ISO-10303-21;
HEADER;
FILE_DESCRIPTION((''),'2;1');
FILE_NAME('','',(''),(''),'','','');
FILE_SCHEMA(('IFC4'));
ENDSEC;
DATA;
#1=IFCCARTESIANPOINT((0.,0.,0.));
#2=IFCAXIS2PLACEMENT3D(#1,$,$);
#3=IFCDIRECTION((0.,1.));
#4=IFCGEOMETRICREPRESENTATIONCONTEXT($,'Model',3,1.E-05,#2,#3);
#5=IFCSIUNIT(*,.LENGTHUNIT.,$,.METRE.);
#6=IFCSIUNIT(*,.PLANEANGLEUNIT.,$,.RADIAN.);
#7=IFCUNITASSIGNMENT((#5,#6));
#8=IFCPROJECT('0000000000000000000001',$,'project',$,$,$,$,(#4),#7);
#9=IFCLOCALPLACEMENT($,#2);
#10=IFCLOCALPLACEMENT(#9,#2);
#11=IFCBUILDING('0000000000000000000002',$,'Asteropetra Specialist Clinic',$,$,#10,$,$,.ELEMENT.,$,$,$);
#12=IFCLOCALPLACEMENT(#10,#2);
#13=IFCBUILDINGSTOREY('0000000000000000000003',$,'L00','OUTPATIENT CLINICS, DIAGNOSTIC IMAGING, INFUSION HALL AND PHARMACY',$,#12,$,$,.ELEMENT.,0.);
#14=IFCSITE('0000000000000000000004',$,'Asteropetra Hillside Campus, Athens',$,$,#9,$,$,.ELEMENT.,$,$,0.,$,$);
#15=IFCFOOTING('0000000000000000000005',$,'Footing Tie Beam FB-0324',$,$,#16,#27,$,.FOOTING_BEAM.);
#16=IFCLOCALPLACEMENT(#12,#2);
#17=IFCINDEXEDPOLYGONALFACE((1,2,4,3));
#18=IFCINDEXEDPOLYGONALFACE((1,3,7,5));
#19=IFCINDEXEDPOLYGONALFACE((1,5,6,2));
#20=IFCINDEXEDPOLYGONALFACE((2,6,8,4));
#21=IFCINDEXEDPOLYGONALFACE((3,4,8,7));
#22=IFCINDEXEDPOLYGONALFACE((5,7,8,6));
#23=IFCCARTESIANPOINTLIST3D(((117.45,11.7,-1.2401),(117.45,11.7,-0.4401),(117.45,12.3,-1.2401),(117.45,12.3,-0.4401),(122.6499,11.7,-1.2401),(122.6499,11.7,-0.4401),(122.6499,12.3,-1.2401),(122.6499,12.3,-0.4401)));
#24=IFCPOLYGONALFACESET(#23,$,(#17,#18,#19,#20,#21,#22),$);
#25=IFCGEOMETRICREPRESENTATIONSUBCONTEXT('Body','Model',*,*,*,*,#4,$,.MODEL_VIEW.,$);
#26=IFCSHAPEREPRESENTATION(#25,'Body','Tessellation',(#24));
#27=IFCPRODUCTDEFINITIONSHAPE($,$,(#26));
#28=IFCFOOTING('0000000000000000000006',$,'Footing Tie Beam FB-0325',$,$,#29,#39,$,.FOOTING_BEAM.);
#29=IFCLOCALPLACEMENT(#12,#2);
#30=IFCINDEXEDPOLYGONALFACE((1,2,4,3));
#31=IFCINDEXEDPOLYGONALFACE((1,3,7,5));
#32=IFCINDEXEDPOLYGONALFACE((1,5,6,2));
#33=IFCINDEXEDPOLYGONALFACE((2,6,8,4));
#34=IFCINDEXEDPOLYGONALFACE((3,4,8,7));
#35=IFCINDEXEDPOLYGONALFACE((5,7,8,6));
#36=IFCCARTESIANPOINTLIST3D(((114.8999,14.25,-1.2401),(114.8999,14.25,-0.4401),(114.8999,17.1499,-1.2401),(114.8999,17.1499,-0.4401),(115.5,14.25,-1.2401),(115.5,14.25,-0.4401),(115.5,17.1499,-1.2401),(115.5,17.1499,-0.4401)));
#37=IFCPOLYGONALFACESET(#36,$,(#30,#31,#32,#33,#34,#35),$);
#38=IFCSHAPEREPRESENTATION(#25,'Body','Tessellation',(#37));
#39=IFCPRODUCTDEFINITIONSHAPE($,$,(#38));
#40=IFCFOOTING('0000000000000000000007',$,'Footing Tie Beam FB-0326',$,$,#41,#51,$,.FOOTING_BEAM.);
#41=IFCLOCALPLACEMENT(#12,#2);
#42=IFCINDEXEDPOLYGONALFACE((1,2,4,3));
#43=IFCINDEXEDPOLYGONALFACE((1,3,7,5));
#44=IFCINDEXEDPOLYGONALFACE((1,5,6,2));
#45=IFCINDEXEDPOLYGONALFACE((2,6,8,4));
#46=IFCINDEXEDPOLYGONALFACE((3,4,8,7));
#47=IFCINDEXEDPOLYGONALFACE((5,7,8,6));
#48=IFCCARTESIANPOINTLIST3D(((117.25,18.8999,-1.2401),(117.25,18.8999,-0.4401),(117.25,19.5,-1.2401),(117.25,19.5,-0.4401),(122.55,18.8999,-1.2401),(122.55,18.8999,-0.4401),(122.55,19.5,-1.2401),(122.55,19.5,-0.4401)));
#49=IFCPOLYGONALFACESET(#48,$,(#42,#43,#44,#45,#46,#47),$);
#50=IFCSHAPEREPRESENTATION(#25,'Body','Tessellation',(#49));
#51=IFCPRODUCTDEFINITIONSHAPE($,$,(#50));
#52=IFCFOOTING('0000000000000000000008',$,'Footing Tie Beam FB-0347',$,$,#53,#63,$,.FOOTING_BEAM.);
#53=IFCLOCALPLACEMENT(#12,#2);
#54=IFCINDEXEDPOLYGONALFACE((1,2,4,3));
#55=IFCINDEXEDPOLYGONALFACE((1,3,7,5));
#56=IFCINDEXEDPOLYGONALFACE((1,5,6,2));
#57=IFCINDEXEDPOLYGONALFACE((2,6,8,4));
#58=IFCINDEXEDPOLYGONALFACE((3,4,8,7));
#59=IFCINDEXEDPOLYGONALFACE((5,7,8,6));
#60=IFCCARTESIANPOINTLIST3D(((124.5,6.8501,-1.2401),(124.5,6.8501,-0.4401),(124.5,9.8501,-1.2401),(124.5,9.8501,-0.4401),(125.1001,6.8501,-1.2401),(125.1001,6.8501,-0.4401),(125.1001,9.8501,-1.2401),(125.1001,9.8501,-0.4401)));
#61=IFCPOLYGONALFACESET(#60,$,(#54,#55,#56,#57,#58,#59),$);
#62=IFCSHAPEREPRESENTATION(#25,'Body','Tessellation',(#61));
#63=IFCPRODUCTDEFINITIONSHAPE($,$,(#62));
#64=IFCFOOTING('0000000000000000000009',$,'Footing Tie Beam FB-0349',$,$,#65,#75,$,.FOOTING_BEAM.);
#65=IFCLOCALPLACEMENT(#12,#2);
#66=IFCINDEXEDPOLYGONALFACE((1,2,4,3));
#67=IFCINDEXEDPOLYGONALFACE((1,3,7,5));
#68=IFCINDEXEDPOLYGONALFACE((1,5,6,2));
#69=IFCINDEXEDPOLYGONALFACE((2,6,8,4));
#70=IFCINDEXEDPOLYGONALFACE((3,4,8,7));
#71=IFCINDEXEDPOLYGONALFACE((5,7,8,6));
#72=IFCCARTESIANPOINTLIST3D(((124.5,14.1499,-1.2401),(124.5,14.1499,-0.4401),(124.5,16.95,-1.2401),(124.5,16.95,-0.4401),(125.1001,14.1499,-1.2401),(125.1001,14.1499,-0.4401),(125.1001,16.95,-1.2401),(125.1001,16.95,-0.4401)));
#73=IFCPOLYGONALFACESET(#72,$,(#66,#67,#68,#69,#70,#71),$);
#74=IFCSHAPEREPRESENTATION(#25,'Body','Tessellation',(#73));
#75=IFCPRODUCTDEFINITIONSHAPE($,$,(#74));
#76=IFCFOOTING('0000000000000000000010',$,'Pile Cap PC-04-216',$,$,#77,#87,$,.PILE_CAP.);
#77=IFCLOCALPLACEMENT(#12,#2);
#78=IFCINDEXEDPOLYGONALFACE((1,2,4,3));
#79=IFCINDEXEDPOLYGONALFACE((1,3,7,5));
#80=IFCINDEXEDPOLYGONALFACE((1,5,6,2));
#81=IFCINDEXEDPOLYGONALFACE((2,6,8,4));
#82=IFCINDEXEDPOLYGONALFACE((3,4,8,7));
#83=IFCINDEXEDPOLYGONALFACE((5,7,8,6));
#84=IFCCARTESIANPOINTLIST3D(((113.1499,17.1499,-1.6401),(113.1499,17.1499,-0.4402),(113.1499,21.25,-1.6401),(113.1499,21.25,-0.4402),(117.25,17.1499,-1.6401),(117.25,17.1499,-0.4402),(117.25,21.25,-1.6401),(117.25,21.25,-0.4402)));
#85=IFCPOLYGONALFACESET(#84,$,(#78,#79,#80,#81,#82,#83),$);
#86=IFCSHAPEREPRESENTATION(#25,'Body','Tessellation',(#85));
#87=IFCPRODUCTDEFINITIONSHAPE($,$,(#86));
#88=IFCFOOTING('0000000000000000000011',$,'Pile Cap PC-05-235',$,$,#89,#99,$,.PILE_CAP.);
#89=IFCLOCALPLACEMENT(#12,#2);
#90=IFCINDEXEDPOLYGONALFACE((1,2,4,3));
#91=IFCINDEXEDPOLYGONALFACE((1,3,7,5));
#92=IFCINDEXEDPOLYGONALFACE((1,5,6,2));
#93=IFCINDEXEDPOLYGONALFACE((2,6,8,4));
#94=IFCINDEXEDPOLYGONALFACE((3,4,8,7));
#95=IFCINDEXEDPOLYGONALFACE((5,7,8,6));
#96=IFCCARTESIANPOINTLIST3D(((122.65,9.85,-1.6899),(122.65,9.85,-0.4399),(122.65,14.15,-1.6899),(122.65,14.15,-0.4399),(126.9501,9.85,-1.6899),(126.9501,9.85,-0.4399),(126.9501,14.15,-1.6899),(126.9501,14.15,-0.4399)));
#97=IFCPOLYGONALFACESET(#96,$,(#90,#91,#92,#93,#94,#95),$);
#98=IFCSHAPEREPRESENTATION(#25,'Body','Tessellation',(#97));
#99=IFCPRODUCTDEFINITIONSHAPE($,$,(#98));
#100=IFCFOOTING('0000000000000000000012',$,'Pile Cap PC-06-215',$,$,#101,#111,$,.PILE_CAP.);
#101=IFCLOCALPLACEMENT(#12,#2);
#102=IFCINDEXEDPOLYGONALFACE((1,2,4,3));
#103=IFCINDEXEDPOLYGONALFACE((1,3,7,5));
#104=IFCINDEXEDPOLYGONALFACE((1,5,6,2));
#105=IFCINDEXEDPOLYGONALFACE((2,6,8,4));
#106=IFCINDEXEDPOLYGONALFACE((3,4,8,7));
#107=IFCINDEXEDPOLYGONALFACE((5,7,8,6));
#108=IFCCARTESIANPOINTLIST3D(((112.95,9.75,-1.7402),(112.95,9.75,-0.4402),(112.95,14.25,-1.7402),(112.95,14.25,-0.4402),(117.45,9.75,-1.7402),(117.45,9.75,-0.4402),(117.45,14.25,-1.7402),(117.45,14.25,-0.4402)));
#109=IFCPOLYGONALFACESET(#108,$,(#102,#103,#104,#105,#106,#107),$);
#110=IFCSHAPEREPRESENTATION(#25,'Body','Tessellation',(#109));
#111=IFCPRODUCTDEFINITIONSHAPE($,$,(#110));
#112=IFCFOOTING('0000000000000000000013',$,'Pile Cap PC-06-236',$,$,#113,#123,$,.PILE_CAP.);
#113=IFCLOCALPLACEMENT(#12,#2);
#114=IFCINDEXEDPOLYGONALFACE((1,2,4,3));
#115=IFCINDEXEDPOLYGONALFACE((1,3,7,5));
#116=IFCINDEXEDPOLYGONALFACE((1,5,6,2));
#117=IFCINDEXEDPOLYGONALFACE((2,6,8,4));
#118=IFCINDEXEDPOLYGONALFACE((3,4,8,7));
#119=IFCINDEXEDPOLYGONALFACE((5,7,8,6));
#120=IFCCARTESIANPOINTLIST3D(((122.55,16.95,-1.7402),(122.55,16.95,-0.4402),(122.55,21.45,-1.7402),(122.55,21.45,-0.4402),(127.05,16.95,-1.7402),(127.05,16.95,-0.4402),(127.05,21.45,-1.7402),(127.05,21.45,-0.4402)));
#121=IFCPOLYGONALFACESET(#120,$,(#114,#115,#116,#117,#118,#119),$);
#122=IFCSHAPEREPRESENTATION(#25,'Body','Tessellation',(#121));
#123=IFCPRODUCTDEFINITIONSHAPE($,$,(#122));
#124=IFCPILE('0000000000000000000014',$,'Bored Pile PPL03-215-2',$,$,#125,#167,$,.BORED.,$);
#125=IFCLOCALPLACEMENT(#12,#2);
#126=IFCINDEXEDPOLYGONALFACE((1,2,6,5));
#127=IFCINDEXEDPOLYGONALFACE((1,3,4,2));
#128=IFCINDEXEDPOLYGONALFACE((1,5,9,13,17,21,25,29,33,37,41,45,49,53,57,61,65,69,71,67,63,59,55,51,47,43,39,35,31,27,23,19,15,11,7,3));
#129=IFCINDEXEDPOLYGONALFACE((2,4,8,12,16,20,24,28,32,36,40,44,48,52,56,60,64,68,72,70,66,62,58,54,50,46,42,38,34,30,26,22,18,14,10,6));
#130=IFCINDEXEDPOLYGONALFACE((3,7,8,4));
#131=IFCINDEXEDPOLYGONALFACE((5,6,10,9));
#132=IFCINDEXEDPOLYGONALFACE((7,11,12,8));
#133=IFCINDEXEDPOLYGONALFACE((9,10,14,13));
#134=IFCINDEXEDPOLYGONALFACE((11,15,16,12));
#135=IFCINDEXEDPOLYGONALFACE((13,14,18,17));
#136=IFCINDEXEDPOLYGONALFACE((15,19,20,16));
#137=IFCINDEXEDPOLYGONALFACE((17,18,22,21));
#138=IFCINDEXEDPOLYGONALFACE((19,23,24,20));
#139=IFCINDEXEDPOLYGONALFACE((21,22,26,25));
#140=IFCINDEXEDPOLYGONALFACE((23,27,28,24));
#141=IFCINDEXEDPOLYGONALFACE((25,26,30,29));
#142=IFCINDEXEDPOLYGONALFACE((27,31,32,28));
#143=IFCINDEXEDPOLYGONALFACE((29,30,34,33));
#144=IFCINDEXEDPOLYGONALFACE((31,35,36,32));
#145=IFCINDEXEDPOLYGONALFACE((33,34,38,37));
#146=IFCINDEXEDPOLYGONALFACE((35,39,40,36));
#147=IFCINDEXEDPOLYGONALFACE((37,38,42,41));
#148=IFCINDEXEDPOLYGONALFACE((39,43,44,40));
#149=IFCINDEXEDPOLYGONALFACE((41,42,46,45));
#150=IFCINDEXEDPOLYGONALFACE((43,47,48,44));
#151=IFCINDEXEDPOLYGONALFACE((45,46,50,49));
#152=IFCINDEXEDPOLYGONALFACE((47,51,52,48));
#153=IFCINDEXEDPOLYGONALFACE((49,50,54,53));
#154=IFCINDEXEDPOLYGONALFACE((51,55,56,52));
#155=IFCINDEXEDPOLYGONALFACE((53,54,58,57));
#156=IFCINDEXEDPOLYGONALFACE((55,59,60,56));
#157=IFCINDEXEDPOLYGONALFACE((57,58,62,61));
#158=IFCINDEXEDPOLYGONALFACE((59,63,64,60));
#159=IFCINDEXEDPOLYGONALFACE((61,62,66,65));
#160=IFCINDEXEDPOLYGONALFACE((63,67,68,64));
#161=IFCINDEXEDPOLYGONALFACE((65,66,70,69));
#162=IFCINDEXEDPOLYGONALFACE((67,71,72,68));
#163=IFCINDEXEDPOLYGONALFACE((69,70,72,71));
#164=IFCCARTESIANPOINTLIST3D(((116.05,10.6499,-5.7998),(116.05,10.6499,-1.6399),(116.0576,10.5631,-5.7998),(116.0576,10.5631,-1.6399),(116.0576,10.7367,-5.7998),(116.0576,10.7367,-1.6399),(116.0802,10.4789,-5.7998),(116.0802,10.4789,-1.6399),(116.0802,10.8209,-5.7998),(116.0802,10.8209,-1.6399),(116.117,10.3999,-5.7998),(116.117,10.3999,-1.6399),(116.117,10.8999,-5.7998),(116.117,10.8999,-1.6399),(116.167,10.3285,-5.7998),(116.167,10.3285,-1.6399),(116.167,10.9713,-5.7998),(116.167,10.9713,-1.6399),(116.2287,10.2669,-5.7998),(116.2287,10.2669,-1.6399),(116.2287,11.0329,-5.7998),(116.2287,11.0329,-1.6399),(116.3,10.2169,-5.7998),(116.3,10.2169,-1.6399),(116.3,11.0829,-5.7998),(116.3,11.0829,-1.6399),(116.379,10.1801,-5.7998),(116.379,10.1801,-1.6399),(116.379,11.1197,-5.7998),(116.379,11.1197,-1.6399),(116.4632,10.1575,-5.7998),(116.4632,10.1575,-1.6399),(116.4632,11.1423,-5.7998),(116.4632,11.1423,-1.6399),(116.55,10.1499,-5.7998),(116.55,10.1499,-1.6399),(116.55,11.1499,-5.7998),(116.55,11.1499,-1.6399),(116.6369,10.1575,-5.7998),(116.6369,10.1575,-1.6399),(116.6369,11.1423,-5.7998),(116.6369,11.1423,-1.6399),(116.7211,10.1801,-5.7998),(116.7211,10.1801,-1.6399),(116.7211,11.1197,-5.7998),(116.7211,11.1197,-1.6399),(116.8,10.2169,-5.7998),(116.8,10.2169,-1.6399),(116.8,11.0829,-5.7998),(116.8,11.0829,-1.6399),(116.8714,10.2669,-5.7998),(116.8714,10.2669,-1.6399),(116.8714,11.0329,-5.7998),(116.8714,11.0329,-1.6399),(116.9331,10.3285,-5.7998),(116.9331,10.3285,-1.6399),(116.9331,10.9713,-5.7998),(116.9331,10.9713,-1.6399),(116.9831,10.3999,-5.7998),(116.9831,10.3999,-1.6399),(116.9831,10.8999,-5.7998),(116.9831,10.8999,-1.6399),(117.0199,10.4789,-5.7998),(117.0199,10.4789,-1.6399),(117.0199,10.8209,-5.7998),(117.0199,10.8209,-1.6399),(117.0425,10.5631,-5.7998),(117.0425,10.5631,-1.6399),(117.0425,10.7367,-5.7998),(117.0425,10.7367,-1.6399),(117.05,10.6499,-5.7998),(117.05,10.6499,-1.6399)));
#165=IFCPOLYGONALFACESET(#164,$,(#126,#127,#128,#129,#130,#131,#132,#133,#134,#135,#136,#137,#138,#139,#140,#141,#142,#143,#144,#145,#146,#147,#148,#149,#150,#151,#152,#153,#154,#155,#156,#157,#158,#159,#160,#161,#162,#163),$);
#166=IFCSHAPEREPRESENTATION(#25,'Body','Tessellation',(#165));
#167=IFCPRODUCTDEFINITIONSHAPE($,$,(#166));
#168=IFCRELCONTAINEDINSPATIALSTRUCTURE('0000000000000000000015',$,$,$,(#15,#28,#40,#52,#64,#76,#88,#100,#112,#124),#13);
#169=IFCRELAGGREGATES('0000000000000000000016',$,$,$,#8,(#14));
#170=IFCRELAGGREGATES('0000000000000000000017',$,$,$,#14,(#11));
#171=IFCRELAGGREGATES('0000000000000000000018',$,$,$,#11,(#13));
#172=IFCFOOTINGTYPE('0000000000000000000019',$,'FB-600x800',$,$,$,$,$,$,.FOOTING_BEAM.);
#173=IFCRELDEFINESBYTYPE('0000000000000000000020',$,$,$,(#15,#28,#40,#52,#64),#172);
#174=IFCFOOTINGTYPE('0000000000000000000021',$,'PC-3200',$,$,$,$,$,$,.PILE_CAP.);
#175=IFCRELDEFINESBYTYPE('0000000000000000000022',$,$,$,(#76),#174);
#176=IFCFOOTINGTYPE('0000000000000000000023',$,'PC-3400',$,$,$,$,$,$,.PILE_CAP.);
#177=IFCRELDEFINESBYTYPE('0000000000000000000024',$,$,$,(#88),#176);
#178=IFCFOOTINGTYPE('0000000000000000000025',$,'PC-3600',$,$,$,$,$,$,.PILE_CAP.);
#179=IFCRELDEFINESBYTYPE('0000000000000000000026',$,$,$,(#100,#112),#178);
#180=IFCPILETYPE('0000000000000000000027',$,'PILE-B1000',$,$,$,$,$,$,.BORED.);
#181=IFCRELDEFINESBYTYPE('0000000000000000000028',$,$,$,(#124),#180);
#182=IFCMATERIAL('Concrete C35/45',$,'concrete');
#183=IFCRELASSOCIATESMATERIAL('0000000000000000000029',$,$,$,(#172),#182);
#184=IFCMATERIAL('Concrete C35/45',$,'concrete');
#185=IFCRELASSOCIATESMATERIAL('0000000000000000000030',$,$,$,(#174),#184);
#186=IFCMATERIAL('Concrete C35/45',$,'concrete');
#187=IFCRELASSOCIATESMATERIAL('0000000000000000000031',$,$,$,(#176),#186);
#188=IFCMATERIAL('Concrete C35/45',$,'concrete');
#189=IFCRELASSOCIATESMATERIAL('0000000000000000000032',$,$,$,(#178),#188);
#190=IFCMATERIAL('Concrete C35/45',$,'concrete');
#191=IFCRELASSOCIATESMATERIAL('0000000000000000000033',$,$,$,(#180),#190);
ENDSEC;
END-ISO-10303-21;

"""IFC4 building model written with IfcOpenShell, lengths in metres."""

from ifc_helpers import new_model, si_unit, direction, frame, origin, origin_2d, place, context, subcontext, project, spatial, rectangle, circle, extrude, material, material_profile, profile_set, type_object, element, save


model = new_model("IFC4")

# Units and contexts
model_context = context("Model", 3, precision=1e-05, world=origin(), true_north=direction((0.0, 1.0)))
body_context = subcontext(model_context, "Body", "Model", "MODEL_VIEW")
ifc_project = project(units=[si_unit("LENGTHUNIT", "METRE"), si_unit("PLANEANGLEUNIT", "RADIAN")], contexts=[model_context])

# Site, building, storey
site_placement = place(None, origin())
site = spatial("IfcSite", under=ifc_project, at=site_placement, Name="Asteropetra Hillside Campus, Athens", CompositionType="ELEMENT", RefElevation=0.0)
building_placement = place(site_placement, origin())
building = spatial("IfcBuilding", under=site, at=building_placement, Name="Asteropetra Specialist Clinic", CompositionType="ELEMENT")
storey_placement = place(building_placement, origin())
storey = spatial("IfcBuildingStorey", under=building, at=storey_placement, Name="L00", Description="OUTPATIENT CLINICS, DIAGNOSTIC IMAGING, INFUSION HALL AND PHARMACY", CompositionType="ELEMENT", Elevation=0.0)

# Footings
ifc_material_1 = material(Name="Concrete C35/45", Category="concrete")
ifc_material_profile_1 = material_profile(ifc_material_1, rectangle(XDim=0.6001, YDim=0.8, at=origin_2d()), Name="FB 600x800")
ifc_profile_set_1 = profile_set([ifc_material_profile_1], Name="Concrete C35/45")
footing_type_1 = type_object("IfcFootingType", Name="FB-600x800", PredefinedType="FOOTING_BEAM", material=ifc_profile_set_1)
footing_1_placement = place(storey_placement, frame((117.45, 12.0, -0.8401), z_axis=(1.0, 0.0, 0.0), x_axis=(0.0, 1.0, 0.0)))
element("IfcFooting", 1, at=footing_1_placement, inside=storey, type_object=footing_type_1, Name="Footing Tie Beam FB-0324", PredefinedType="FOOTING_BEAM", context=body_context, shape_type="SweptSolid", body=[
    extrude(rectangle(XDim=0.6001, YDim=0.8, at=origin_2d()), origin(), (0.0, 0.0, 1.0), 5.2),
])
footing_2_placement = place(storey_placement, frame((115.2, 14.25, -0.8401), z_axis=(0.0, 1.0, 0.0), x_axis=(-1.0, 0.0, 0.0)))
element("IfcFooting", 2, at=footing_2_placement, inside=storey, type_object=footing_type_1, Name="Footing Tie Beam FB-0325", PredefinedType="FOOTING_BEAM", context=body_context, shape_type="SweptSolid", body=[
    extrude(rectangle(XDim=0.6001, YDim=0.8, at=origin_2d()), origin(), (0.0, 0.0, 1.0), 2.8999),
])
footing_3_placement = place(storey_placement, frame((117.25, 19.2, -0.8401), z_axis=(1.0, 0.0, 0.0), x_axis=(0.0, 1.0, 0.0)))
element("IfcFooting", 3, at=footing_3_placement, inside=storey, type_object=footing_type_1, Name="Footing Tie Beam FB-0326", PredefinedType="FOOTING_BEAM", context=body_context, shape_type="SweptSolid", body=[
    extrude(rectangle(XDim=0.6001, YDim=0.8, at=origin_2d()), origin(), (0.0, 0.0, 1.0), 5.3),
])
footing_4_placement = place(storey_placement, frame((124.8, 6.8501, -0.8401), z_axis=(0.0, 1.0, 0.0), x_axis=(-1.0, 0.0, 0.0)))
element("IfcFooting", 4, at=footing_4_placement, inside=storey, type_object=footing_type_1, Name="Footing Tie Beam FB-0347", PredefinedType="FOOTING_BEAM", context=body_context, shape_type="SweptSolid", body=[
    extrude(rectangle(XDim=0.6001, YDim=0.8, at=origin_2d()), origin(), (0.0, 0.0, 1.0), 3.0),
])
footing_5_placement = place(storey_placement, frame((124.8, 14.1499, -0.8401), z_axis=(0.0, 1.0, 0.0), x_axis=(-1.0, 0.0, 0.0)))
element("IfcFooting", 5, at=footing_5_placement, inside=storey, type_object=footing_type_1, Name="Footing Tie Beam FB-0349", PredefinedType="FOOTING_BEAM", context=body_context, shape_type="SweptSolid", body=[
    extrude(rectangle(XDim=0.6001, YDim=0.8, at=origin_2d()), origin(), (0.0, 0.0, 1.0), 2.8),
])
ifc_material_2 = material(Name="Concrete C35/45", Category="concrete")
footing_type_2 = type_object("IfcFootingType", Name="PC-3200", PredefinedType="PILE_CAP", material=ifc_material_2)
footing_6_placement = place(storey_placement, frame((115.2, 19.2, -1.6401), z_axis=(0.0, 0.0, 1.0), x_axis=(1.0, 0.0, 0.0)))
element("IfcFooting", 6, at=footing_6_placement, inside=storey, type_object=footing_type_2, Name="Pile Cap PC-04-216", PredefinedType="PILE_CAP", context=body_context, shape_type="SweptSolid", body=[
    extrude(rectangle(XDim=4.1001, YDim=4.1001, at=origin_2d()), origin(), (0.0, 0.0, 1.0), 1.2),
])
ifc_material_3 = material(Name="Concrete C35/45", Category="concrete")
footing_type_3 = type_object("IfcFootingType", Name="PC-3400", PredefinedType="PILE_CAP", material=ifc_material_3)
footing_7_placement = place(storey_placement, frame((124.8, 12.0, -1.6899), z_axis=(0.0, 0.0, 1.0), x_axis=(1.0, 0.0, 0.0)))
element("IfcFooting", 7, at=footing_7_placement, inside=storey, type_object=footing_type_3, Name="Pile Cap PC-05-235", PredefinedType="PILE_CAP", context=body_context, shape_type="SweptSolid", body=[
    extrude(rectangle(XDim=4.3, YDim=4.3, at=origin_2d()), origin(), (0.0, 0.0, 1.0), 1.25),
])
ifc_material_4 = material(Name="Concrete C35/45", Category="concrete")
footing_type_4 = type_object("IfcFootingType", Name="PC-3600", PredefinedType="PILE_CAP", material=ifc_material_4)
for number, where, z_axis, x_axis, name in (
    (8, (115.2, 12.0, -1.7402), (0.0, 0.0, 1.0), (1.0, 0.0, 0.0), "Pile Cap PC-06-215"),
    (9, (124.8, 19.2, -1.7402), (0.0, 0.0, 1.0), (1.0, 0.0, 0.0), "Pile Cap PC-06-236"),
):
    element("IfcFooting", number, at=place(storey_placement, frame(where, z_axis=z_axis, x_axis=x_axis)), inside=storey, type_object=footing_type_4, Name=name, PredefinedType="PILE_CAP", context=body_context, shape_type="SweptSolid", body=[
        extrude(rectangle(XDim=4.5, YDim=4.5, at=origin_2d()), origin(), (0.0, 0.0, 1.0), 1.3),
    ])

# Pile
ifc_material_5 = material(Name="Concrete C35/45", Category="concrete")
ifc_material_profile_2 = material_profile(ifc_material_5, circle(Radius=0.5, at=origin_2d()), Name="PILE D1000")
ifc_profile_set_2 = profile_set([ifc_material_profile_2], Name="Concrete C35/45")
pile_type_1 = type_object("IfcPileType", Name="PILE-B1000", PredefinedType="BORED", material=ifc_profile_set_2)
for number, where, z_axis, x_axis, name in (
    (10, (116.55, 10.6499, -1.6399), (0.0, 0.0, -1.0), (1.0, 0.0, 0.0), "Bored Pile PPL03-215-2"),
):
    element("IfcPile", number, at=place(storey_placement, frame(where, z_axis=z_axis, x_axis=x_axis)), inside=storey, type_object=pile_type_1, Name=name, PredefinedType="BORED", context=body_context, shape_type="SweptSolid", body=[
        extrude(circle(Radius=0.5, at=origin_2d()), origin(), (0.0, 0.0, 1.0), 4.1599),
    ])

save(model, "model.ifc")
